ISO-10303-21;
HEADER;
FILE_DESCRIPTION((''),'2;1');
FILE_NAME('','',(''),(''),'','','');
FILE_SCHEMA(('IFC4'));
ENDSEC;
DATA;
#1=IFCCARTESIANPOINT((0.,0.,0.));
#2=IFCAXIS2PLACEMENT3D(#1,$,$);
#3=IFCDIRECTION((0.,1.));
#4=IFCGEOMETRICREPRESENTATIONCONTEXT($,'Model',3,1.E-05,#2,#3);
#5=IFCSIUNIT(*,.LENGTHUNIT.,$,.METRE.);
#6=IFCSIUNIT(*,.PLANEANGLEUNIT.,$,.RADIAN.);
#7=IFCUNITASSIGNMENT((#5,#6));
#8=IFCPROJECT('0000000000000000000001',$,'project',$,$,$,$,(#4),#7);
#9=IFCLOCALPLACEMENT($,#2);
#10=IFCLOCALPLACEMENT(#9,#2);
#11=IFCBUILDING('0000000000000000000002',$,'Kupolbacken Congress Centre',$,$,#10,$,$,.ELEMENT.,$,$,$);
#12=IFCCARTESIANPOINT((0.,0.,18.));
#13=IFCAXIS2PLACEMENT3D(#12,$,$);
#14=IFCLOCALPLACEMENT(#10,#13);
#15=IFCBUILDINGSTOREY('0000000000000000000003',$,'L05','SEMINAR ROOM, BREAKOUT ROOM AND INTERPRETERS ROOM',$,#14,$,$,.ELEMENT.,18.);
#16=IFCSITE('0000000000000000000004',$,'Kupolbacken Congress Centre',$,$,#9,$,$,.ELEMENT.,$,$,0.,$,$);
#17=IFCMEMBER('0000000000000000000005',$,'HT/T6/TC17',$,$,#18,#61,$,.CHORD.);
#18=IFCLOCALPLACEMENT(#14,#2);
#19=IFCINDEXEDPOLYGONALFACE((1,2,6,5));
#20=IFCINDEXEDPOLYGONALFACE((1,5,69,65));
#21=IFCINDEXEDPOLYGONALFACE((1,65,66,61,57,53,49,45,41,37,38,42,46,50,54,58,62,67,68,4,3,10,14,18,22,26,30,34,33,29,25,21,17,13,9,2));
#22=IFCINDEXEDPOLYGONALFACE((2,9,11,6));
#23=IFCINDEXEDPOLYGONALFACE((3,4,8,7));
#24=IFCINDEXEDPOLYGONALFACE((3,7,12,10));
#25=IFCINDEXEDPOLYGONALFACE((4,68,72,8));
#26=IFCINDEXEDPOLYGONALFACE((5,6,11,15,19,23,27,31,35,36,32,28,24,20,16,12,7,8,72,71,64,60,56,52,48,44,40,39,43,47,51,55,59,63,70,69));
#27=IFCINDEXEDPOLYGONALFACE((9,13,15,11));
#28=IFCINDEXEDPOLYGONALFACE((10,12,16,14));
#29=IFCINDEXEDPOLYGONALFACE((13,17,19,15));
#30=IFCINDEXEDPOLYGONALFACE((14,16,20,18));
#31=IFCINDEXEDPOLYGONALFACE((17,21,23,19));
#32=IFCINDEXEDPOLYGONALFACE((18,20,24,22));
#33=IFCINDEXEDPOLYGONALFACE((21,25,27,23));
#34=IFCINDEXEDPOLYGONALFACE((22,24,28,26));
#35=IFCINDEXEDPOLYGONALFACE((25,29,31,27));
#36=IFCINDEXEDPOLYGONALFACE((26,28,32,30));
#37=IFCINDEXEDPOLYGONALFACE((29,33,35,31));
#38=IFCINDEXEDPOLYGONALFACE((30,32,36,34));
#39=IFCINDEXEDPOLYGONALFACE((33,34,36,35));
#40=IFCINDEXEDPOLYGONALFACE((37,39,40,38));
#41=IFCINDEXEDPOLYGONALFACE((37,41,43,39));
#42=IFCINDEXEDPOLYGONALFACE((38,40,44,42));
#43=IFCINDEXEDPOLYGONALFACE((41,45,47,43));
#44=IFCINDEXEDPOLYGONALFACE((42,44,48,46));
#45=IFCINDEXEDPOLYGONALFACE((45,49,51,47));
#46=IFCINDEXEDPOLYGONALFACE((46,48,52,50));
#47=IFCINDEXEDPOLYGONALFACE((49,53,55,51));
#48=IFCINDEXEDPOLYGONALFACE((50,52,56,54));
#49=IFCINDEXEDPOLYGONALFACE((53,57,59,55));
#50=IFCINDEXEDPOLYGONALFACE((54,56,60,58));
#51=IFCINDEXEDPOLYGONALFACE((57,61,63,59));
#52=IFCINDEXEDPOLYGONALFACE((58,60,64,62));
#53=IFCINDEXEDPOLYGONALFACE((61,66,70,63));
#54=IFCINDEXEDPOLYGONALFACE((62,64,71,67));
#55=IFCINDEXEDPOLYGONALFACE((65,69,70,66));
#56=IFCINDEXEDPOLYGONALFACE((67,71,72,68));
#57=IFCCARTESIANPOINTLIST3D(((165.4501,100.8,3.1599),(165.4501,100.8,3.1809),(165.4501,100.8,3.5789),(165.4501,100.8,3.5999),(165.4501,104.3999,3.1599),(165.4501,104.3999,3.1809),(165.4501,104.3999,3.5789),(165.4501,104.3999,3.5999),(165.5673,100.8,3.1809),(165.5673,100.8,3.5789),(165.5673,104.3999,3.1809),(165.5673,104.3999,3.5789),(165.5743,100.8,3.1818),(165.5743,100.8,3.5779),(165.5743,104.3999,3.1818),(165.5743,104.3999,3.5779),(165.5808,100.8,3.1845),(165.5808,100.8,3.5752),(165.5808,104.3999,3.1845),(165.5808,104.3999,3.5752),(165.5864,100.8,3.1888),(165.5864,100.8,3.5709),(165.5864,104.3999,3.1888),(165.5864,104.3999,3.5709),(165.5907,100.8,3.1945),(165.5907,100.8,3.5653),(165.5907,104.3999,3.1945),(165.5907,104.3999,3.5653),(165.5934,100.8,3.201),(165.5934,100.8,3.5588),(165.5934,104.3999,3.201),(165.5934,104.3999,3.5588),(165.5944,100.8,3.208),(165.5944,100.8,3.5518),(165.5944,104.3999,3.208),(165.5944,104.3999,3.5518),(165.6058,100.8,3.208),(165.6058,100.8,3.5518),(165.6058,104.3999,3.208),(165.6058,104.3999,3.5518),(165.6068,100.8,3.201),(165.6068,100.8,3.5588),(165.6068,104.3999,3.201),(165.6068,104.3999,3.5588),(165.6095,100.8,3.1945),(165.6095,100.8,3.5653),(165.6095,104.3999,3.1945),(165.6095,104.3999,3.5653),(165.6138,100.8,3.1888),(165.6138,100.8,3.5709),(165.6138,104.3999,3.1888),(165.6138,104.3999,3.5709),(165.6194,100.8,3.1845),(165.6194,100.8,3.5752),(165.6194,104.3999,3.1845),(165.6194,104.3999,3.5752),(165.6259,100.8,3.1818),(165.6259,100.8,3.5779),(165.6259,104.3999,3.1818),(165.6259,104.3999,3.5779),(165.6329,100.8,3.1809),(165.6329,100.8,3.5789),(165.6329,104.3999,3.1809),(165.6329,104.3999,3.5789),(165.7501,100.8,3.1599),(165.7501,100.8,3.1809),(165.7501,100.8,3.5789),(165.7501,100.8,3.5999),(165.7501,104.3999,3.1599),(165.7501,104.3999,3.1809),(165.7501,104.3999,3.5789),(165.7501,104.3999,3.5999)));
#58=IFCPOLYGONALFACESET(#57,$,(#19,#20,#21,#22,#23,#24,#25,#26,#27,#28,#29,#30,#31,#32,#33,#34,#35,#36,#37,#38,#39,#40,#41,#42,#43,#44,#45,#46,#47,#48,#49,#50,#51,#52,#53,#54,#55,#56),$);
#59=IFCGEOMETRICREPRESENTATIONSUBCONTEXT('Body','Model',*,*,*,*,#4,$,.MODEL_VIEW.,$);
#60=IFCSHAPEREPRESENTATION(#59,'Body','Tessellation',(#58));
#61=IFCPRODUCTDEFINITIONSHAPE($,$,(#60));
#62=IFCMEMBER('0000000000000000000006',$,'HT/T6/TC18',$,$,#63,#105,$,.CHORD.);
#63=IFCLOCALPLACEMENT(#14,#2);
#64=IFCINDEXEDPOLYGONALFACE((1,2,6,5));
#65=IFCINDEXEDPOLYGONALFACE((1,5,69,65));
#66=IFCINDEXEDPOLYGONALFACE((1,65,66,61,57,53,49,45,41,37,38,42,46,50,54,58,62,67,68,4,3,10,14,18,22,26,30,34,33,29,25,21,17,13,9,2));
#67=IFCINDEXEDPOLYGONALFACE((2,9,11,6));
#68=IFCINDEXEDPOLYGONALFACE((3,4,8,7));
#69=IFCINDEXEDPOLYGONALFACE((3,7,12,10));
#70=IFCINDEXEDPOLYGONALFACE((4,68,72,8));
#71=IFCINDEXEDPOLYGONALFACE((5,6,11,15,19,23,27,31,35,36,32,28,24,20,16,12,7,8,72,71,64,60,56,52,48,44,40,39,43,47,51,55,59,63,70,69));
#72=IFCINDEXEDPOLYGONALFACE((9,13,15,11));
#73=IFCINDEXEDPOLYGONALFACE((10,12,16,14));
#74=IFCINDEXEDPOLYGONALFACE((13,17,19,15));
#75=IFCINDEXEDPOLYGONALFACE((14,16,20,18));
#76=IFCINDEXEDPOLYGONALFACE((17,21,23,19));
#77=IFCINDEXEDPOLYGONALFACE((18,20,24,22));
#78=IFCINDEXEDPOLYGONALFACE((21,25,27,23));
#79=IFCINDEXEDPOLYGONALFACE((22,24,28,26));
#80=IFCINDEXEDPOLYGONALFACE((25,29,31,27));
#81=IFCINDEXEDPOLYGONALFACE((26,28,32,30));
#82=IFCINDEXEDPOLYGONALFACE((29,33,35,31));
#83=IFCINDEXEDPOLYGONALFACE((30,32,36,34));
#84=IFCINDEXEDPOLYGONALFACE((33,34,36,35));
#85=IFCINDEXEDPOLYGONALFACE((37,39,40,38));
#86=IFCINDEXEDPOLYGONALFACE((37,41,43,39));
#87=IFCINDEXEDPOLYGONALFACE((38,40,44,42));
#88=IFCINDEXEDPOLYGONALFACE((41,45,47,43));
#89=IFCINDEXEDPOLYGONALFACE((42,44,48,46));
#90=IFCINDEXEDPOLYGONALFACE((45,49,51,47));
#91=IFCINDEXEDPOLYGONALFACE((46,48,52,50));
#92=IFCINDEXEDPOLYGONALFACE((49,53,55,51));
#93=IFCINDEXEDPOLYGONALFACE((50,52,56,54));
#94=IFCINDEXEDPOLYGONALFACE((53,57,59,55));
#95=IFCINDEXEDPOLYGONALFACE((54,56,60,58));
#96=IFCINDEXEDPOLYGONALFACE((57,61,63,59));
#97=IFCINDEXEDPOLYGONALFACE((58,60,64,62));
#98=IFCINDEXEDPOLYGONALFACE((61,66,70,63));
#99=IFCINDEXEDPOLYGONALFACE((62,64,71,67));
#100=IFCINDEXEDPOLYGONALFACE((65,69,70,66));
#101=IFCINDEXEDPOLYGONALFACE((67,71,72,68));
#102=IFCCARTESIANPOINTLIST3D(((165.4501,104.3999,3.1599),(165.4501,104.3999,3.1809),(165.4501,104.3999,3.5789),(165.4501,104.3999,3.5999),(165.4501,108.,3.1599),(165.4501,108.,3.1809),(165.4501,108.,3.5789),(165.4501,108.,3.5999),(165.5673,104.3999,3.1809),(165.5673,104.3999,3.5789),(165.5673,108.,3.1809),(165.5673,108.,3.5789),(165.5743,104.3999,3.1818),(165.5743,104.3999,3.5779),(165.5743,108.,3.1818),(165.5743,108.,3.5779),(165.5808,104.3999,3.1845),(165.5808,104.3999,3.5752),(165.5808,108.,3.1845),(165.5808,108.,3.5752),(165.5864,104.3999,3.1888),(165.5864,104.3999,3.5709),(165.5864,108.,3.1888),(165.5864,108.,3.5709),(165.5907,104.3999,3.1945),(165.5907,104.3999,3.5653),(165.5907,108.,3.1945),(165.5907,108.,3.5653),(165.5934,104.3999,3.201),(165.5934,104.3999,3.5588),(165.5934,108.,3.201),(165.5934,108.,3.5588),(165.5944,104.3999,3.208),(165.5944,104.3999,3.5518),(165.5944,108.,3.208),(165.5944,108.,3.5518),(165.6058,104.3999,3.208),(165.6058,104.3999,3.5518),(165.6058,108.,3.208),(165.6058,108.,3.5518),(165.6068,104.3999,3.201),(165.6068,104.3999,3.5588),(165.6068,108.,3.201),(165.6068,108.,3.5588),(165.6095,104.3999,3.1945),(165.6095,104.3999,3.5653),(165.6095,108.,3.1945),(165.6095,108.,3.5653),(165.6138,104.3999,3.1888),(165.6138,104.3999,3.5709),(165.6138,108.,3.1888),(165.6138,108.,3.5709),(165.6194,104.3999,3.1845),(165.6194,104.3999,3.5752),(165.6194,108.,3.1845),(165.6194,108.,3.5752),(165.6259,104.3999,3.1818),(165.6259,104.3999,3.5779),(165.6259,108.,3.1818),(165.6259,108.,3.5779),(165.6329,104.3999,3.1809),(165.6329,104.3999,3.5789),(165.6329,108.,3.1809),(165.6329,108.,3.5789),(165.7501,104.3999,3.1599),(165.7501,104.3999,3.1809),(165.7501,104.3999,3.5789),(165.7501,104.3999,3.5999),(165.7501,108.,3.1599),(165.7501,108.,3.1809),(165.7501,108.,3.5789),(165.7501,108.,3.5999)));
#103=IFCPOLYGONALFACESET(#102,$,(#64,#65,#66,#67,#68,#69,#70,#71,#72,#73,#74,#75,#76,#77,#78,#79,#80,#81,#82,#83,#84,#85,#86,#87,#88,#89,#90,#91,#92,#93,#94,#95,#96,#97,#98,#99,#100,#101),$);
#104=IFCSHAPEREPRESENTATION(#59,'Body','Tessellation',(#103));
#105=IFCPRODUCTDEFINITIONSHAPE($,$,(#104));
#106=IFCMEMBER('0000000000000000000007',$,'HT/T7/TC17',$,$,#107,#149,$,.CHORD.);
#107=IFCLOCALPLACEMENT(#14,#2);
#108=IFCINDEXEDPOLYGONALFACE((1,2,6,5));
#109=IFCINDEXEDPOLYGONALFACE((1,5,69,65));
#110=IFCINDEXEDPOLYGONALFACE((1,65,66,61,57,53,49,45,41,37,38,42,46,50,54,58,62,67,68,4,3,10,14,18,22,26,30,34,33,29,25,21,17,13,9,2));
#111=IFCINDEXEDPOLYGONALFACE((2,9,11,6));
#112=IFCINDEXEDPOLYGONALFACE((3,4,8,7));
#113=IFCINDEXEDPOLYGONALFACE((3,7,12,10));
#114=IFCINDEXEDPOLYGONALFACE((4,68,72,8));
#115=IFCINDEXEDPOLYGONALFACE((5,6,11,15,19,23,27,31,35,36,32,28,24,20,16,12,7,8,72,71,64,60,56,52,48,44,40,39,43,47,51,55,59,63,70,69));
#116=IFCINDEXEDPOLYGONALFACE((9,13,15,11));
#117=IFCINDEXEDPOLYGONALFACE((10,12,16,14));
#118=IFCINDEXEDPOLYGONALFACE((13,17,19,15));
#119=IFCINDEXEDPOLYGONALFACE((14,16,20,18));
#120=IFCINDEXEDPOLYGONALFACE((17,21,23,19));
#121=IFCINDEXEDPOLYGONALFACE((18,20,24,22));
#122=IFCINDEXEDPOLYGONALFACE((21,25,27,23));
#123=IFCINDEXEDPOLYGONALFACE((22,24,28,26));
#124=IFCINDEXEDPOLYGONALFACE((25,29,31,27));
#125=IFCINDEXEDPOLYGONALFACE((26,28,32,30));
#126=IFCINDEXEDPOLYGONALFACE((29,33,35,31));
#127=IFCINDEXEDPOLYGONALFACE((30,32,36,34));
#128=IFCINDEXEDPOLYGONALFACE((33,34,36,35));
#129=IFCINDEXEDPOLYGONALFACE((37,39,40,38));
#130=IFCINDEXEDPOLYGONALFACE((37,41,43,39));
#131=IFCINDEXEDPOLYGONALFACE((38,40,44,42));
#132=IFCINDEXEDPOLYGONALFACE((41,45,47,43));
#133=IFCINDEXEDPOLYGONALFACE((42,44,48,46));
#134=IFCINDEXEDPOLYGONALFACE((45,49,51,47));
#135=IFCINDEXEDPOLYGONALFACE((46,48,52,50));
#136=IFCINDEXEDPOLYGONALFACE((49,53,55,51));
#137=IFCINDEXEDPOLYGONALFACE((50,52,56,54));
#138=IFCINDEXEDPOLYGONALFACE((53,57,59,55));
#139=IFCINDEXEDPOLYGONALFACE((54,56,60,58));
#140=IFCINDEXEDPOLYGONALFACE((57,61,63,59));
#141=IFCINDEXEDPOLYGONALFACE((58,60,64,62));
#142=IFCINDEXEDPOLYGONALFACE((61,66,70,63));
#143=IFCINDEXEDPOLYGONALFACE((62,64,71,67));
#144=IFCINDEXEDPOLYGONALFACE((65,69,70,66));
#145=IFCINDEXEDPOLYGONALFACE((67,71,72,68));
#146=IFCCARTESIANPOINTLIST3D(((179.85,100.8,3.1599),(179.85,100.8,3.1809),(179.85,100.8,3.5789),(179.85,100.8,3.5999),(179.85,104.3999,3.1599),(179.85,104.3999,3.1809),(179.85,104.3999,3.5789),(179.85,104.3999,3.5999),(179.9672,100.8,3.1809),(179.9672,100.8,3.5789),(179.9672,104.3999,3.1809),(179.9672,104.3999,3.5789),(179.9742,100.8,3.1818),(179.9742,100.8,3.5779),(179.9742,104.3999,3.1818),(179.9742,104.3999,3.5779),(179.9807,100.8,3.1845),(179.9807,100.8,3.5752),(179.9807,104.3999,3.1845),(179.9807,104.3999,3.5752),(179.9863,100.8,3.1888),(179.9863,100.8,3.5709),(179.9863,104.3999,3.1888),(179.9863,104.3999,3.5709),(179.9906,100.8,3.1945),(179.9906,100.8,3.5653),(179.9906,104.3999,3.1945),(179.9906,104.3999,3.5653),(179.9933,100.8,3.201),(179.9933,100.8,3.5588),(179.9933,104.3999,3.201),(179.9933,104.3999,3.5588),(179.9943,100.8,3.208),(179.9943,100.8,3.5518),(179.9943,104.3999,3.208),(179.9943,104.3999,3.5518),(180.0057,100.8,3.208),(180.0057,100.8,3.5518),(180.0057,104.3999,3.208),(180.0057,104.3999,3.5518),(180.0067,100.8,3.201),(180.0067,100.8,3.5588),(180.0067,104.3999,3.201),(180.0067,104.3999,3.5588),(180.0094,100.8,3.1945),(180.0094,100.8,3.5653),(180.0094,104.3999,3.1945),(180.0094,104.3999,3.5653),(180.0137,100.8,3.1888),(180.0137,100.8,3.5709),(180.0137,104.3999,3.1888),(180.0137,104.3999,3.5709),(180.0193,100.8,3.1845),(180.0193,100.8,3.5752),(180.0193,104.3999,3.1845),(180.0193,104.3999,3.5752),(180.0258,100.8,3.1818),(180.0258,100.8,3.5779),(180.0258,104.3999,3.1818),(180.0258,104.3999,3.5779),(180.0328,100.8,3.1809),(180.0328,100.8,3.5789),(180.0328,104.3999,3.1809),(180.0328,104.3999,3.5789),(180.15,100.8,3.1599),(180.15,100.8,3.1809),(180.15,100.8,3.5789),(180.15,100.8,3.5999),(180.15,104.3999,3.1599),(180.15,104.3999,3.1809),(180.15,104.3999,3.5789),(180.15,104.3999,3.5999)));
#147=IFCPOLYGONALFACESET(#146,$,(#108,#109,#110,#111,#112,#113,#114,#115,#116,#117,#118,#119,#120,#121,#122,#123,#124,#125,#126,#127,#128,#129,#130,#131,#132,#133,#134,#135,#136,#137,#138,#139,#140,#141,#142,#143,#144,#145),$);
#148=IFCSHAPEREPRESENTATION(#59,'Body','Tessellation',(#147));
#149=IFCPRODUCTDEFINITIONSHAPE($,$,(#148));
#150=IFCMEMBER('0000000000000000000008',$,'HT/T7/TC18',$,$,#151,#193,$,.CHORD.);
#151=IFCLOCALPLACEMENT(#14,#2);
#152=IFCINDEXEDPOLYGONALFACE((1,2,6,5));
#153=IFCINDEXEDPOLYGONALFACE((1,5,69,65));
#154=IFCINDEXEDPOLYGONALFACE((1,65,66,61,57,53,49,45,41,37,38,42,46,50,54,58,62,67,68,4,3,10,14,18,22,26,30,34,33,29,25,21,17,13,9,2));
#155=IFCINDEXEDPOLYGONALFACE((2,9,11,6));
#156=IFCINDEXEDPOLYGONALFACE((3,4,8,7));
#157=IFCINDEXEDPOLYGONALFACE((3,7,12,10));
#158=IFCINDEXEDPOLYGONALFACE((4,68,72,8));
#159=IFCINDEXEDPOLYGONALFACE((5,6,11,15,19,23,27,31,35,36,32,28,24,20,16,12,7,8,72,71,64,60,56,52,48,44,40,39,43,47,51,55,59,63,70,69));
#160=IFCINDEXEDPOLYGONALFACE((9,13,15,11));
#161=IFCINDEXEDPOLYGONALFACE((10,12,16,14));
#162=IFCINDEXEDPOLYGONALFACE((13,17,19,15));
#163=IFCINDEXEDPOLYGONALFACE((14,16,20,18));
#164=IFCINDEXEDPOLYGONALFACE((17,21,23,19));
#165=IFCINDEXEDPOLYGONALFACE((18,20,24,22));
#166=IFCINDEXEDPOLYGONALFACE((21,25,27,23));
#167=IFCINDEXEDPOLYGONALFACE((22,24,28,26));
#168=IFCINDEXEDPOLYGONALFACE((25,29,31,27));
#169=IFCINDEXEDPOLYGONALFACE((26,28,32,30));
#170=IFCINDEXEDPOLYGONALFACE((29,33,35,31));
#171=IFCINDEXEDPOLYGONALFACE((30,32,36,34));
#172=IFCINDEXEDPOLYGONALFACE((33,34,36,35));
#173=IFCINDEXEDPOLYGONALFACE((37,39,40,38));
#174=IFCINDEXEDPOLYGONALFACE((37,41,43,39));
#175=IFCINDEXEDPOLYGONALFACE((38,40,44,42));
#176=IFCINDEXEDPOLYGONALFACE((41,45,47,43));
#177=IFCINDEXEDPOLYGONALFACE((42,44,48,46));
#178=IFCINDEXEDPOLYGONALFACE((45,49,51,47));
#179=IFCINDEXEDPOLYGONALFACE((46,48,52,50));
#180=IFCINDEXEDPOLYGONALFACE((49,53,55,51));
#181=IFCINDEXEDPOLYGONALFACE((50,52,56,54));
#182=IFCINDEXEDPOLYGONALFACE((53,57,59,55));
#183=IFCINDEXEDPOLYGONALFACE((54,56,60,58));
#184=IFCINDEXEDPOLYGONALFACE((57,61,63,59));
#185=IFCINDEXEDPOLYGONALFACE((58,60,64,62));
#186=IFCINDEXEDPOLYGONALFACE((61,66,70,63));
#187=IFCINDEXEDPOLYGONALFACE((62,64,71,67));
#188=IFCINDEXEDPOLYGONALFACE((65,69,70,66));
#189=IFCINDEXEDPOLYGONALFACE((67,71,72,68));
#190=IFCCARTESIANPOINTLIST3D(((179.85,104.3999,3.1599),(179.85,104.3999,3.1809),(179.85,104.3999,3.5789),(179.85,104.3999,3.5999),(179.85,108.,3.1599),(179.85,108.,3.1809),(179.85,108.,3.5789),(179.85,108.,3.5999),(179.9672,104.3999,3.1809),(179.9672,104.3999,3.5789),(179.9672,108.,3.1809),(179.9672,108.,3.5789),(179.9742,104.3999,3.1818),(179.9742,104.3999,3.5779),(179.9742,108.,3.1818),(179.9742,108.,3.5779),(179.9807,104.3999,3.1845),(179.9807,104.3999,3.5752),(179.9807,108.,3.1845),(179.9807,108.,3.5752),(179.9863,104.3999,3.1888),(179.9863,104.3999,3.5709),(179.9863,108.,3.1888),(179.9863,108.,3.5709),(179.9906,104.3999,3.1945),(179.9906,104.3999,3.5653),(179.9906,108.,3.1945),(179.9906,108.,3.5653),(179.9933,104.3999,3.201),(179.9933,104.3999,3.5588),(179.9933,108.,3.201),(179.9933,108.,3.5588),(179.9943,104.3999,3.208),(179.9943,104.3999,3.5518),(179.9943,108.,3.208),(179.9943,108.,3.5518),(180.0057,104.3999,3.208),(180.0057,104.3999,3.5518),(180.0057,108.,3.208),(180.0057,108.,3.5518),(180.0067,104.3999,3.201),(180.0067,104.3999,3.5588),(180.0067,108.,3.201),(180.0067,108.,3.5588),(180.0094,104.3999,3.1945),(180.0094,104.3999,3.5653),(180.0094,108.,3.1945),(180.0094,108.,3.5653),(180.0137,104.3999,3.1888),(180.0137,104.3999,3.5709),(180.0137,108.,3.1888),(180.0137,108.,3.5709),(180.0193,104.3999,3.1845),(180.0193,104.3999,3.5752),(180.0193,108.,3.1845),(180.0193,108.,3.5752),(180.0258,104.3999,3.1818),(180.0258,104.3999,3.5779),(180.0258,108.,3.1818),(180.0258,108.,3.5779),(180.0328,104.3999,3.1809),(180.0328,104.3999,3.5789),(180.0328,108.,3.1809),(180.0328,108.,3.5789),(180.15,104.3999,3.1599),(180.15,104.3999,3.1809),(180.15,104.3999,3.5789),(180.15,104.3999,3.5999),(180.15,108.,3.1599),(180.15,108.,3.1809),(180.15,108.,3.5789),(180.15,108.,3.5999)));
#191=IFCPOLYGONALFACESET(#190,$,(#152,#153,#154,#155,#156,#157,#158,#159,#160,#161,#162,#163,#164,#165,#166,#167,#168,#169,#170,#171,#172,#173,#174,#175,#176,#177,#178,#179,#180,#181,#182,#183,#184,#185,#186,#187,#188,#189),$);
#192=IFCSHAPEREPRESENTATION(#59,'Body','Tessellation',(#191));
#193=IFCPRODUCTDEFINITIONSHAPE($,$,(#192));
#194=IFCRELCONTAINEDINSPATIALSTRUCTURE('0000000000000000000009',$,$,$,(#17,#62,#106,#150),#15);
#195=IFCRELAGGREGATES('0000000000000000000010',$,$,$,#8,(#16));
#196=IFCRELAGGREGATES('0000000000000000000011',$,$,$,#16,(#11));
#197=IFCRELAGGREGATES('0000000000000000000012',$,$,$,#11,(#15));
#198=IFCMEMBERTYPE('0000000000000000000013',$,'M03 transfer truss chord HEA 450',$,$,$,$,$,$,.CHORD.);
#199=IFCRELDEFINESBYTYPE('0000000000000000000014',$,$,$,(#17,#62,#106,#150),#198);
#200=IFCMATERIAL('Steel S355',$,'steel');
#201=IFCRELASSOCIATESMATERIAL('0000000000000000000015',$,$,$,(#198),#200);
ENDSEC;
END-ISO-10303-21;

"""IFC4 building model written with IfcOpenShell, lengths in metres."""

from ifc_helpers import new_model, si_unit, direction, frame, origin, origin_2d, place, context, subcontext, project, spatial, i_section, extrude, material, material_profile, profile_set, type_object, element, save


model = new_model("IFC4")

# Units and contexts
model_context = context("Model", 3, precision=1e-05, world=origin(), true_north=direction((0.0, 1.0)))
body_context = subcontext(model_context, "Body", "Model", "MODEL_VIEW")
ifc_project = project(units=[si_unit("LENGTHUNIT", "METRE"), si_unit("PLANEANGLEUNIT", "RADIAN")], contexts=[model_context])

# Site, building, storey
site_placement = place(None, origin())
site = spatial("IfcSite", under=ifc_project, at=site_placement, Name="Kupolbacken Congress Centre", CompositionType="ELEMENT", RefElevation=0.0)
building_placement = place(site_placement, origin())
building = spatial("IfcBuilding", under=site, at=building_placement, Name="Kupolbacken Congress Centre", CompositionType="ELEMENT")
storey_placement = place(building_placement, frame((0.0, 0.0, 18.0)))
storey = spatial("IfcBuildingStorey", under=building, at=storey_placement, Name="L05", Description="SEMINAR ROOM, BREAKOUT ROOM AND INTERPRETERS ROOM", CompositionType="ELEMENT", Elevation=18.0)

# Members
ifc_material_1 = material(Name="Steel S355", Category="steel")
ifc_material_profile_1 = material_profile(ifc_material_1, i_section(OverallWidth=0.3, OverallDepth=0.4399, WebThickness=0.0115, FlangeThickness=0.021, FilletRadius=0.0271, at=origin_2d()), Name="HEA 450")
ifc_profile_set_1 = profile_set([ifc_material_profile_1], Name="Steel S355")
member_type_1 = type_object("IfcMemberType", Name="M03 transfer truss chord HEA 450", PredefinedType="CHORD", material=ifc_profile_set_1)
member_1_placement = place(storey_placement, frame((165.6001, 100.8, 3.3799), z_axis=(0.0, 1.0, 0.0), x_axis=(-1.0, 0.0, 0.0)))
element("IfcMember", 1, at=member_1_placement, inside=storey, type_object=member_type_1, Name="HT/T6/TC17", PredefinedType="CHORD", context=body_context, shape_type="SweptSolid", body=[
    extrude(i_section(OverallWidth=0.3, OverallDepth=0.4399, WebThickness=0.0115, FlangeThickness=0.021, FilletRadius=0.0271, at=origin_2d()), origin(), (0.0, 0.0, 1.0), 3.5999),
])
member_2_placement = place(storey_placement, frame((165.6001, 104.3999, 3.3799), z_axis=(0.0, 1.0, 0.0), x_axis=(-1.0, 0.0, 0.0)))
element("IfcMember", 2, at=member_2_placement, inside=storey, type_object=member_type_1, Name="HT/T6/TC18", PredefinedType="CHORD", context=body_context, shape_type="SweptSolid", body=[
    extrude(i_section(OverallWidth=0.3, OverallDepth=0.4399, WebThickness=0.0115, FlangeThickness=0.021, FilletRadius=0.0271, at=origin_2d()), origin(), (0.0, 0.0, 1.0), 3.6001),
])
member_3_placement = place(storey_placement, frame((180.0, 100.8, 3.3799), z_axis=(0.0, 1.0, 0.0), x_axis=(-1.0, 0.0, 0.0)))
element("IfcMember", 3, at=member_3_placement, inside=storey, type_object=member_type_1, Name="HT/T7/TC17", PredefinedType="CHORD", context=body_context, shape_type="SweptSolid", body=[
    extrude(i_section(OverallWidth=0.3, OverallDepth=0.4399, WebThickness=0.0115, FlangeThickness=0.021, FilletRadius=0.0271, at=origin_2d()), origin(), (0.0, 0.0, 1.0), 3.5999),
])
member_4_placement = place(storey_placement, frame((180.0, 104.3999, 3.3799), z_axis=(0.0, 1.0, 0.0), x_axis=(-1.0, 0.0, 0.0)))
element("IfcMember", 4, at=member_4_placement, inside=storey, type_object=member_type_1, Name="HT/T7/TC18", PredefinedType="CHORD", context=body_context, shape_type="SweptSolid", body=[
    extrude(i_section(OverallWidth=0.3, OverallDepth=0.4399, WebThickness=0.0115, FlangeThickness=0.021, FilletRadius=0.0271, at=origin_2d()), origin(), (0.0, 0.0, 1.0), 3.6001),
])

save(model, "model.ifc")
